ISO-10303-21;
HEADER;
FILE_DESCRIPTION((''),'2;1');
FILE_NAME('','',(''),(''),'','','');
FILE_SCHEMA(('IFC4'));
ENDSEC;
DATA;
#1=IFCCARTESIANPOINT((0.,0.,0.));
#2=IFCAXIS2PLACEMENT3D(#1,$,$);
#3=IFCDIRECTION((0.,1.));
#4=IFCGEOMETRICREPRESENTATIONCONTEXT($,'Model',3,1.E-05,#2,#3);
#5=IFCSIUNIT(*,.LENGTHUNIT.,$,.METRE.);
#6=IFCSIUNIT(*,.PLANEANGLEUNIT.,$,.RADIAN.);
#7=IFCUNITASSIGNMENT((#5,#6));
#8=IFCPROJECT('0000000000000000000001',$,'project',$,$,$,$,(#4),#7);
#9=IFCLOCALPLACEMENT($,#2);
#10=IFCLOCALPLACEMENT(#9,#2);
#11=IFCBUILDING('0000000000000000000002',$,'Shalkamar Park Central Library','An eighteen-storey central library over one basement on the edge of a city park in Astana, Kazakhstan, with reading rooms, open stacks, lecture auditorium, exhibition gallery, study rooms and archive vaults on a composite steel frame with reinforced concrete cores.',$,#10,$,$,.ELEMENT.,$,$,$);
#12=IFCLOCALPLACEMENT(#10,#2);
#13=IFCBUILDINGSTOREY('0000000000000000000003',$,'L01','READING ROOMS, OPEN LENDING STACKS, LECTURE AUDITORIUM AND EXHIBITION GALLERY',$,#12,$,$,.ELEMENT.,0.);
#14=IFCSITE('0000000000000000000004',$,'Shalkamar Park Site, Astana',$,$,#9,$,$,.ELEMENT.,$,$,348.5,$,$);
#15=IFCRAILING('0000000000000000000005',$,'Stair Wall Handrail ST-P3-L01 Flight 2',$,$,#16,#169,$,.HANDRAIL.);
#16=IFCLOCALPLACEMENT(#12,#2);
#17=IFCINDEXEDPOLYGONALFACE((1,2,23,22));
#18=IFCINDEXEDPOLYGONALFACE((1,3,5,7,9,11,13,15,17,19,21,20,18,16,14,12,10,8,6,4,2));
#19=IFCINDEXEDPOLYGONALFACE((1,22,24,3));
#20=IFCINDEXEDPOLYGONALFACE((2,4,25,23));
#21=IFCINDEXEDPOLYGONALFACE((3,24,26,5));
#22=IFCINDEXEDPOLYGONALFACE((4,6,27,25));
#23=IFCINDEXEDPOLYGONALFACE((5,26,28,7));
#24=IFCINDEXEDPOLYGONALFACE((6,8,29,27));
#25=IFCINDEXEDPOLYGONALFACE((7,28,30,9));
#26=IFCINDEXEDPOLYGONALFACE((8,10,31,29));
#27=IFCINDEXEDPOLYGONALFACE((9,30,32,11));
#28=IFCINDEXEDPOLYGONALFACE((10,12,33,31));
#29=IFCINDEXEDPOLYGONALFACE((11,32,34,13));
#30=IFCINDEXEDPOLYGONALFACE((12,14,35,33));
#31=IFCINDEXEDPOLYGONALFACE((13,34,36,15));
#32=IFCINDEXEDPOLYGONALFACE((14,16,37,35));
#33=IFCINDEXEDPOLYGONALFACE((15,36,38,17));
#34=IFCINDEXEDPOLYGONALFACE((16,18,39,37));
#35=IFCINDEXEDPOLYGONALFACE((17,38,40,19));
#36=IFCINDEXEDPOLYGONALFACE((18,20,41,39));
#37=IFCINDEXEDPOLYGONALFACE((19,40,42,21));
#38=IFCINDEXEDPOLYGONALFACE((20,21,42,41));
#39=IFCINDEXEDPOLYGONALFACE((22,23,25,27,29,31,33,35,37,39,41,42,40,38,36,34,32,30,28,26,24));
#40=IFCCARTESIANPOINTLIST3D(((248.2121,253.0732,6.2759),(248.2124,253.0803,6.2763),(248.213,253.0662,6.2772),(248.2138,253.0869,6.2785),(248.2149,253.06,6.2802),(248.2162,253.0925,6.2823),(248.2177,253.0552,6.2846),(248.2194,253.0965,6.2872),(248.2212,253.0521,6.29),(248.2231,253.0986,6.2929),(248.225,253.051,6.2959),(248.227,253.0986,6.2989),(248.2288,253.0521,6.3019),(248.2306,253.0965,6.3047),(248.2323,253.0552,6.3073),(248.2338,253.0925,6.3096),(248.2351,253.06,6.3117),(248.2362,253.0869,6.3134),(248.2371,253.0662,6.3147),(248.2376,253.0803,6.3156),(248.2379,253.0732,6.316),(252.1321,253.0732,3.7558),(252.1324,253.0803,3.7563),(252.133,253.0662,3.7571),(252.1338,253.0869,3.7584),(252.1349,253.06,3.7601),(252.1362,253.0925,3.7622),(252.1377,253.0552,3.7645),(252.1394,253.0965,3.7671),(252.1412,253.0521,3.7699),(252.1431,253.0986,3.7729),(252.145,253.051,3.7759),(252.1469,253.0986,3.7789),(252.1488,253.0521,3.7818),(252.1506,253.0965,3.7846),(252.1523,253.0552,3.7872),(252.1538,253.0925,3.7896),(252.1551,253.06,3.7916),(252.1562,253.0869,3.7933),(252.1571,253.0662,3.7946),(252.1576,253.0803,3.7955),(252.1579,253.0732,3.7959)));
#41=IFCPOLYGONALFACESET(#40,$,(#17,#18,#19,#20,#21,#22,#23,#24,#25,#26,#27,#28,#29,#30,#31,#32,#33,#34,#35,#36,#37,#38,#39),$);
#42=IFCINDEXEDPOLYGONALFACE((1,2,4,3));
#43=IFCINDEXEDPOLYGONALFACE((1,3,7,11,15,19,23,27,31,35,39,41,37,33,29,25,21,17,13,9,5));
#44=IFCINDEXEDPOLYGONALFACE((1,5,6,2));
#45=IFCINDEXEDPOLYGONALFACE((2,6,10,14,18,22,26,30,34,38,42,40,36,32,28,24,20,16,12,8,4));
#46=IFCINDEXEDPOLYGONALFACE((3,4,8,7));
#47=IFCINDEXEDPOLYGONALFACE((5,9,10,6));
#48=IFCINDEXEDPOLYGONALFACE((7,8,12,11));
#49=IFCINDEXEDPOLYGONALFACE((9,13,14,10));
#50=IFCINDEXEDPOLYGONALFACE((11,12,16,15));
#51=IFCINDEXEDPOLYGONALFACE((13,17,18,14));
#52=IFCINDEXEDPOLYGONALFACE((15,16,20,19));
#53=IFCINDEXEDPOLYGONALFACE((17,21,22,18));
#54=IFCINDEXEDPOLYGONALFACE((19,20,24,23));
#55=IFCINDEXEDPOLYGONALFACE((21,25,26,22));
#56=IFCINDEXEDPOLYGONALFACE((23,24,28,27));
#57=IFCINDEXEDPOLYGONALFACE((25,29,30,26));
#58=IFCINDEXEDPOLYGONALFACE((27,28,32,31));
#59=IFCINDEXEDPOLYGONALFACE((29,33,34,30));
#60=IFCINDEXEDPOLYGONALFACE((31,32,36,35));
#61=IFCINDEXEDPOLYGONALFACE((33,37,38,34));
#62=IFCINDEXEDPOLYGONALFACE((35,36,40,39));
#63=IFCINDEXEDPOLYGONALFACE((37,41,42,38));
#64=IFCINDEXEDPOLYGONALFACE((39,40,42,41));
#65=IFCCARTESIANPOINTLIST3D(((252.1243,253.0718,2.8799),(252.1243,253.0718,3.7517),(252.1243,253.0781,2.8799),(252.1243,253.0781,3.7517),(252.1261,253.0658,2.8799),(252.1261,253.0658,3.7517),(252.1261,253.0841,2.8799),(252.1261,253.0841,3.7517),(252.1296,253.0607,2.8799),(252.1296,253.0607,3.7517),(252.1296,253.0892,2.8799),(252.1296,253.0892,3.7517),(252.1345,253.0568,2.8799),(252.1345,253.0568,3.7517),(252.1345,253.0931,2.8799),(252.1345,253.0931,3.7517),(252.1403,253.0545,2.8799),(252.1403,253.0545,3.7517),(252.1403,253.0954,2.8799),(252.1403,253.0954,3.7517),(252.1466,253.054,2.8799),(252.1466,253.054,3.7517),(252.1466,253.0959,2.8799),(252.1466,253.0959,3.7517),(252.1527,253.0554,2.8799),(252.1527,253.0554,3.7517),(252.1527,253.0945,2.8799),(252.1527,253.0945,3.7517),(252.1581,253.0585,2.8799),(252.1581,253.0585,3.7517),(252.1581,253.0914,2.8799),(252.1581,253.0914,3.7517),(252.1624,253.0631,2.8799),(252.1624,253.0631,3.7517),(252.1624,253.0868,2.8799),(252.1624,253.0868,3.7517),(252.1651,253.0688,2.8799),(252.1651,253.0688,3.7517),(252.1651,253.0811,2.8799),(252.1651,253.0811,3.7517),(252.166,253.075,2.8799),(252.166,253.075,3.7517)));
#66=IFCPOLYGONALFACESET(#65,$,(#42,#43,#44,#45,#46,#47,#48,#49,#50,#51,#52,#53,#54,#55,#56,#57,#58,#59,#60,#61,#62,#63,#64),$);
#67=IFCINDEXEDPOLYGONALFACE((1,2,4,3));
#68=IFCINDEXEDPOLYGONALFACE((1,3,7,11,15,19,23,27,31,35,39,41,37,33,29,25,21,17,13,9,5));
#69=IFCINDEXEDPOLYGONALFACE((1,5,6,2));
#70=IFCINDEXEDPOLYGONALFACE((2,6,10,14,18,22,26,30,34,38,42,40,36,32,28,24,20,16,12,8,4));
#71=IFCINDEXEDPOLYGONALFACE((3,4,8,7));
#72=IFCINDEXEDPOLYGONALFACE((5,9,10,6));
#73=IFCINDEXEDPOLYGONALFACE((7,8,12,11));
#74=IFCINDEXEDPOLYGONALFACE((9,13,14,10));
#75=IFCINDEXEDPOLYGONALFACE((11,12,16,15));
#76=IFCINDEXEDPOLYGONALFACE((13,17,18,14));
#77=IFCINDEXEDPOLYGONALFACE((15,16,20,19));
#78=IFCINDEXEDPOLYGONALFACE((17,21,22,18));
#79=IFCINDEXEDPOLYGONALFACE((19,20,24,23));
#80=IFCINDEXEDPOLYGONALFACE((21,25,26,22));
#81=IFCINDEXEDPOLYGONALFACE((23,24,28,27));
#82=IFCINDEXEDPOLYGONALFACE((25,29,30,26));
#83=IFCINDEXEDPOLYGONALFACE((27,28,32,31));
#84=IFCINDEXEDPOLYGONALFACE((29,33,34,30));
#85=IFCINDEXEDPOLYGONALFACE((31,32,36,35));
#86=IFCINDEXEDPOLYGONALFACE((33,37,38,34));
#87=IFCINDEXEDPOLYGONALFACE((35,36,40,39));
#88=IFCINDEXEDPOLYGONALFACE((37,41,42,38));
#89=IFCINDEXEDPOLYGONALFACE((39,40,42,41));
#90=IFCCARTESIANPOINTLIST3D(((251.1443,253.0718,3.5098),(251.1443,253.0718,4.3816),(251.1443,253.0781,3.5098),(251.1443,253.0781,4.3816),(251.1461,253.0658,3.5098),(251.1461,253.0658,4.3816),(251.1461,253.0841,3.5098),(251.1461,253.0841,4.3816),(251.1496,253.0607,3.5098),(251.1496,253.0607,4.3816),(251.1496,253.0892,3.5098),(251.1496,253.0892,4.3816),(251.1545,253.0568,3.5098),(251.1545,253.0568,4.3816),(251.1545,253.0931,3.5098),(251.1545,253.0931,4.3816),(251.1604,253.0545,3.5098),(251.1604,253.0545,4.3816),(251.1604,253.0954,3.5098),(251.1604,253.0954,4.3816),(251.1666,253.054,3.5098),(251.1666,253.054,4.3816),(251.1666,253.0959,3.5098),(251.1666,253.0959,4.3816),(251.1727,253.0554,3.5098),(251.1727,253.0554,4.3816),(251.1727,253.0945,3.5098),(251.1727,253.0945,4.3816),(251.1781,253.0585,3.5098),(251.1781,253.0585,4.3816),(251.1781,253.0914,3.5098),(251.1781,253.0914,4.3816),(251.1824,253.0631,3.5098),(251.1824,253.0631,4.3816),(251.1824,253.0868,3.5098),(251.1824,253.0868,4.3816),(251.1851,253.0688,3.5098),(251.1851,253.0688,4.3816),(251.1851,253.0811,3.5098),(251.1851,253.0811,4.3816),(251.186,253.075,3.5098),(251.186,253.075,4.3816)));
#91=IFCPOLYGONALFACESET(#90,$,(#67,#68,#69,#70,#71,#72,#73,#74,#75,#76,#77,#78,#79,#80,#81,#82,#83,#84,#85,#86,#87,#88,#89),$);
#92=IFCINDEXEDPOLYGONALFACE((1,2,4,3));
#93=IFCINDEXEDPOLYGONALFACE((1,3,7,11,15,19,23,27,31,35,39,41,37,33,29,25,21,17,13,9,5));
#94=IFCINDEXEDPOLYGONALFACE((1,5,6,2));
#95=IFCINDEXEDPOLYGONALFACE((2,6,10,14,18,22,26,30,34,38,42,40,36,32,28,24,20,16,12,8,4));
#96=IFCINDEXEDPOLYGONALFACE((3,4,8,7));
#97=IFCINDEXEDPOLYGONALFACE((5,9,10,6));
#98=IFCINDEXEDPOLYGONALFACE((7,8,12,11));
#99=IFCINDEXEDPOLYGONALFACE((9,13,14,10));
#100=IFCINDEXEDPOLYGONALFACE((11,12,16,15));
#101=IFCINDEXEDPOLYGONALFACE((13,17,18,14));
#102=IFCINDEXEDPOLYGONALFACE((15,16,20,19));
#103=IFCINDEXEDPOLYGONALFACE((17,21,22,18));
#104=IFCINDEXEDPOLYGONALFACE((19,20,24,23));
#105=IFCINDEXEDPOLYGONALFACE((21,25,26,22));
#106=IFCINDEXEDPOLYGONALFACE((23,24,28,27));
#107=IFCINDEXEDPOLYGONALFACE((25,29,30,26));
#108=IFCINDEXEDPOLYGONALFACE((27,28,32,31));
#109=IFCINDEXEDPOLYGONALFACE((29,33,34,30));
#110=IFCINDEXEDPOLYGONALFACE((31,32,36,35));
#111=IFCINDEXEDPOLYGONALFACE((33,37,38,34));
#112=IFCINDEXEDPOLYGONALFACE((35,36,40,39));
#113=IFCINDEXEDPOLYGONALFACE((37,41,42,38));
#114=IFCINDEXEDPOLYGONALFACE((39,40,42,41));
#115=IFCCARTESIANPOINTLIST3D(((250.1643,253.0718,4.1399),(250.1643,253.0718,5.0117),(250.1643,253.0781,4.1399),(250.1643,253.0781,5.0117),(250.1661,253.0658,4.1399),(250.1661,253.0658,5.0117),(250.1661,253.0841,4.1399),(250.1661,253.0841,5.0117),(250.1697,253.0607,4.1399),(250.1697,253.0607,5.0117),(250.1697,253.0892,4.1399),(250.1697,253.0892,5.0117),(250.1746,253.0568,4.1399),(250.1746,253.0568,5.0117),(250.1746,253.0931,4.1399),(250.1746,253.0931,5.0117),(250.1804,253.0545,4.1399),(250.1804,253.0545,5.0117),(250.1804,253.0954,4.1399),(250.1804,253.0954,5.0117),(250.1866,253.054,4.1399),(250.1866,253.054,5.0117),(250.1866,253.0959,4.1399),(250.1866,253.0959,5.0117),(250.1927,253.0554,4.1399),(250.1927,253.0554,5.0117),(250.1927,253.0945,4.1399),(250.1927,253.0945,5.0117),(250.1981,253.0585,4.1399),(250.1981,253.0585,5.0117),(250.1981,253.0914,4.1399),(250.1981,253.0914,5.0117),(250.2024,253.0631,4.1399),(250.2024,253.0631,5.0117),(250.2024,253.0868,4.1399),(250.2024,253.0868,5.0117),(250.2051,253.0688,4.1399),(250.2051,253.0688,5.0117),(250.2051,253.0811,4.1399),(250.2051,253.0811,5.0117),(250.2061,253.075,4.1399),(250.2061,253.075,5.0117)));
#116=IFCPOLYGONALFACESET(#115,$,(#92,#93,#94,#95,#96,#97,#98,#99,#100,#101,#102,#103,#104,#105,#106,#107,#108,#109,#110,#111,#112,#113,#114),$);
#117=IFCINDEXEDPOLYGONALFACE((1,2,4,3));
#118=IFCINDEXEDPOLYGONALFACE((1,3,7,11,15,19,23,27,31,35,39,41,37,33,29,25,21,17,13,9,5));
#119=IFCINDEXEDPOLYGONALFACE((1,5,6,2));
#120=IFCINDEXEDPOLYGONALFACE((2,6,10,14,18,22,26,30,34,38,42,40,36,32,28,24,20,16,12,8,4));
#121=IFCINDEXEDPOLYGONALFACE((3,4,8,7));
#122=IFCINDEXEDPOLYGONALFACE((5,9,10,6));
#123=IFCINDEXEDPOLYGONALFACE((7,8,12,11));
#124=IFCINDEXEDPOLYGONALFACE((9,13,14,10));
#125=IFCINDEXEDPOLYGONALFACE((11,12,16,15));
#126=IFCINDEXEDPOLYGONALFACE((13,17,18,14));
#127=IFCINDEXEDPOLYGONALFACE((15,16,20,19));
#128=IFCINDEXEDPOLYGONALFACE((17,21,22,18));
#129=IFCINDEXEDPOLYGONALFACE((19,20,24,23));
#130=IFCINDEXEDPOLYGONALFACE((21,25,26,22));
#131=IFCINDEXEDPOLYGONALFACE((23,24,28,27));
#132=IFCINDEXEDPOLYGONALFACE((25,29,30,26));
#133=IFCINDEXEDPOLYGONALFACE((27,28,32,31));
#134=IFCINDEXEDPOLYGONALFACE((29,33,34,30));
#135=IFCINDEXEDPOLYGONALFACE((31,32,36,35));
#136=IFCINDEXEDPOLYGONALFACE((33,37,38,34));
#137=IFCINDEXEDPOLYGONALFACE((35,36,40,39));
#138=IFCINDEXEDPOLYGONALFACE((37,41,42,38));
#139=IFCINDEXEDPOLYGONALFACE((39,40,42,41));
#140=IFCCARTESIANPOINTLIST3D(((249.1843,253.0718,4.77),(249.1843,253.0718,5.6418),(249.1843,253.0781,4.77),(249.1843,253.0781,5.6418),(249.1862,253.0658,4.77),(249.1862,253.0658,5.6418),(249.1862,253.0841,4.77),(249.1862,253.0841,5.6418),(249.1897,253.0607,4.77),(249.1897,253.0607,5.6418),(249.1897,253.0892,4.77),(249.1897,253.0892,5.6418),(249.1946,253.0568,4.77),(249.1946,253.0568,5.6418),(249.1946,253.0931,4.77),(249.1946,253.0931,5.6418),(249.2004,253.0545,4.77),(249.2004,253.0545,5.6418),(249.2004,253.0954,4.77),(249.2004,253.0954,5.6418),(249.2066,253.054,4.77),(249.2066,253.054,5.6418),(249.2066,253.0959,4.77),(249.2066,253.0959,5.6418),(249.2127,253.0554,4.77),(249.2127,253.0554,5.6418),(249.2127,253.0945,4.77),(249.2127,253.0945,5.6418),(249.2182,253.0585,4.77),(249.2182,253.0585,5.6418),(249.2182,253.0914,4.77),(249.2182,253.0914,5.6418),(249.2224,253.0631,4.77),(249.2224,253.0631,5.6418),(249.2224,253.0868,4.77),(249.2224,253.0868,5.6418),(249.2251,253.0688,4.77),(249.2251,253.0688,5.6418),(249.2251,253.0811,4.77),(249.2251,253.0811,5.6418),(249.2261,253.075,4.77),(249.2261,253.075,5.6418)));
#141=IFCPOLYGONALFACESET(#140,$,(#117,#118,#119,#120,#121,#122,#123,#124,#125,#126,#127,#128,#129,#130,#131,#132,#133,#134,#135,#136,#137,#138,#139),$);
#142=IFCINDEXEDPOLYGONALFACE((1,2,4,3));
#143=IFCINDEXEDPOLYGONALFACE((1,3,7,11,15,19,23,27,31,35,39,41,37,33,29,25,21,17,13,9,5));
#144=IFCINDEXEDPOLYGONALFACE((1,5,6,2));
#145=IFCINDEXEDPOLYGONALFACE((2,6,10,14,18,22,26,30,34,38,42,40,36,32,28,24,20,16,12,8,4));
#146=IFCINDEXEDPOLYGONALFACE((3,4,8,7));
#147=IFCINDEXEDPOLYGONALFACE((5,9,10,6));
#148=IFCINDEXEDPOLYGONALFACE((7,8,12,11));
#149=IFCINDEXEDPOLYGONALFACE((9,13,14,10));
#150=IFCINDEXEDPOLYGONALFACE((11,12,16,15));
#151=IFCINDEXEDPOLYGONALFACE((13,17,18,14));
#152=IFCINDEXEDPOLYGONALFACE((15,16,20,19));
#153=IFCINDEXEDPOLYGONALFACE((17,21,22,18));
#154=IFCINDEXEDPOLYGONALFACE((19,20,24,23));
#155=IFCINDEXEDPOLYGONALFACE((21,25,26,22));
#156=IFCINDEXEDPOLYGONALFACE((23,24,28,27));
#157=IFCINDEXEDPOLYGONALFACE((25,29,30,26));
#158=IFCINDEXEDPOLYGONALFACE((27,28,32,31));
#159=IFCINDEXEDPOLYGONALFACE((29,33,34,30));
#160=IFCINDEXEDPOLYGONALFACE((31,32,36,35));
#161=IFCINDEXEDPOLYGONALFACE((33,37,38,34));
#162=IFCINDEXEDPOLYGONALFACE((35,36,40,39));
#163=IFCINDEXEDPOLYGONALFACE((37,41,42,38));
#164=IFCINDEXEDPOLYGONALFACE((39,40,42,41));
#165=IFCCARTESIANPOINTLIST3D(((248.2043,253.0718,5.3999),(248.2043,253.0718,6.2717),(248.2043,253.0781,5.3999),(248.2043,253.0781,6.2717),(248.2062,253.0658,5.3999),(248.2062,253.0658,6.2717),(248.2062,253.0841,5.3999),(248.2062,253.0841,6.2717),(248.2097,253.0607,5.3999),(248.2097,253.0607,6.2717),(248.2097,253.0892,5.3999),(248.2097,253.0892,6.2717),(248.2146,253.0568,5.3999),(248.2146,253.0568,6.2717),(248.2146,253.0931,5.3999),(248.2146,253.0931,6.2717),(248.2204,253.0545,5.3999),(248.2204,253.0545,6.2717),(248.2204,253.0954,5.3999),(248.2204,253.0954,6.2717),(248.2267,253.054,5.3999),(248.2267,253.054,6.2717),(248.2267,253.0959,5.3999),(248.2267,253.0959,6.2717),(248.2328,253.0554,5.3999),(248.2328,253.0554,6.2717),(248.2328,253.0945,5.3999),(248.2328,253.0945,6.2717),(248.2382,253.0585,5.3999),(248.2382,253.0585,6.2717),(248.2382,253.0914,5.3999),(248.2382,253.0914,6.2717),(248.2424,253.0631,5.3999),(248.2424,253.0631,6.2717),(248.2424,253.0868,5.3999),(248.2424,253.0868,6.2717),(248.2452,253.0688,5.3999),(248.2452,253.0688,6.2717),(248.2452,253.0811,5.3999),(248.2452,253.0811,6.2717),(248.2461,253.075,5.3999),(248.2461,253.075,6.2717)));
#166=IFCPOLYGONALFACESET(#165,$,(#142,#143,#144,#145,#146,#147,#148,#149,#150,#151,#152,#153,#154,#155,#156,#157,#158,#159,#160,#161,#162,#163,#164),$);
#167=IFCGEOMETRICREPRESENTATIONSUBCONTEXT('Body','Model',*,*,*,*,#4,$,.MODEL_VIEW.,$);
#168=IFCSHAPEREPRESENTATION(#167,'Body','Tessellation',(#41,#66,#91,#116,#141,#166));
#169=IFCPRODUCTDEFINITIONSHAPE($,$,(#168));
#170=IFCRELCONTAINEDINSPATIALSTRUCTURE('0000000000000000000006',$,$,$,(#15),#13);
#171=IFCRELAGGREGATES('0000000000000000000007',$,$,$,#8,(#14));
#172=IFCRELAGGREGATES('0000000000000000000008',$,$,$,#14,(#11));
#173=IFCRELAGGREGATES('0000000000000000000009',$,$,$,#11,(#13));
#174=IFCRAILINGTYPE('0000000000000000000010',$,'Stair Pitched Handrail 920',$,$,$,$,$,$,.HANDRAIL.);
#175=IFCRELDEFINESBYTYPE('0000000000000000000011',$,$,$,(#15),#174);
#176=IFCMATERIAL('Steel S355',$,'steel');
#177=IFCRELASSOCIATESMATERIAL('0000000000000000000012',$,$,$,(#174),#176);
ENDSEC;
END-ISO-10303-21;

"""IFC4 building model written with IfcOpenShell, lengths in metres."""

from ifc_helpers import new_model, si_unit, direction, frame, origin, origin_2d, place, context, subcontext, project, spatial, circle, extrude, material, type_object, element, save


model = new_model("IFC4")

# Units and contexts
model_context = context("Model", 3, precision=1e-05, world=origin(), true_north=direction((0.0, 1.0)))
body_context = subcontext(model_context, "Body", "Model", "MODEL_VIEW")
ifc_project = project(units=[si_unit("LENGTHUNIT", "METRE"), si_unit("PLANEANGLEUNIT", "RADIAN")], contexts=[model_context])

# Site, building, storey
site_placement = place(None, origin())
site = spatial("IfcSite", under=ifc_project, at=site_placement, Name="Shalkamar Park Site, Astana", CompositionType="ELEMENT", RefElevation=348.5)
building_placement = place(site_placement, origin())
building = spatial("IfcBuilding", under=site, at=building_placement, Name="Shalkamar Park Central Library", Description="An eighteen-storey central library over one basement on the edge of a city park in Astana, Kazakhstan, with reading rooms, open stacks, lecture auditorium, exhibition gallery, study rooms and archive vaults on a composite steel frame with reinforced concrete cores.", CompositionType="ELEMENT")
storey_placement = place(building_placement, origin())
storey = spatial("IfcBuildingStorey", under=building, at=storey_placement, Name="L01", Description="READING ROOMS, OPEN LENDING STACKS, LECTURE AUDITORIUM AND EXHIBITION GALLERY", CompositionType="ELEMENT", Elevation=0.0)

# Shared definitions
ifc_material_1 = material(Name="Steel S355", Category="steel")

# Railing
railing_type_1 = type_object("IfcRailingType", Name="Stair Pitched Handrail 920", PredefinedType="HANDRAIL", material=ifc_material_1)
railing_1_placement = place(storey_placement, frame((252.145, 253.075, 2.8799)))
element("IfcRailing", 1, at=railing_1_placement, inside=storey, type_object=railing_type_1, Name="Stair Wall Handrail ST-P3-L01 Flight 2", PredefinedType="HANDRAIL", context=body_context, shape_type="SweptSolid", body=[
    extrude(circle(Radius=0.0239, at=origin_2d()), frame((0.0, 0.0, 0.896), z_axis=(-0.841172, 0.0, 0.540768), x_axis=(0.0, -1.0, 0.0)), (0.0, 0.0, 1.0), 4.6602),
    extrude(circle(Radius=0.021, at=origin_2d()), origin(), (0.0, 0.0, 1.0), 0.8718),
    extrude(circle(Radius=0.021, at=origin_2d()), frame((-0.98, 0.0, 0.6299)), (0.0, 0.0, 1.0), 0.8718),
    extrude(circle(Radius=0.021, at=origin_2d()), frame((-1.96, 0.0, 1.26)), (0.0, 0.0, 1.0), 0.8718),
    extrude(circle(Radius=0.021, at=origin_2d()), frame((-2.9399, 0.0, 1.8901)), (0.0, 0.0, 1.0), 0.8718),
    extrude(circle(Radius=0.021, at=origin_2d()), frame((-3.9199, 0.0, 2.52)), (0.0, 0.0, 1.0), 0.8718),
])

save(model, "model.ifc")
